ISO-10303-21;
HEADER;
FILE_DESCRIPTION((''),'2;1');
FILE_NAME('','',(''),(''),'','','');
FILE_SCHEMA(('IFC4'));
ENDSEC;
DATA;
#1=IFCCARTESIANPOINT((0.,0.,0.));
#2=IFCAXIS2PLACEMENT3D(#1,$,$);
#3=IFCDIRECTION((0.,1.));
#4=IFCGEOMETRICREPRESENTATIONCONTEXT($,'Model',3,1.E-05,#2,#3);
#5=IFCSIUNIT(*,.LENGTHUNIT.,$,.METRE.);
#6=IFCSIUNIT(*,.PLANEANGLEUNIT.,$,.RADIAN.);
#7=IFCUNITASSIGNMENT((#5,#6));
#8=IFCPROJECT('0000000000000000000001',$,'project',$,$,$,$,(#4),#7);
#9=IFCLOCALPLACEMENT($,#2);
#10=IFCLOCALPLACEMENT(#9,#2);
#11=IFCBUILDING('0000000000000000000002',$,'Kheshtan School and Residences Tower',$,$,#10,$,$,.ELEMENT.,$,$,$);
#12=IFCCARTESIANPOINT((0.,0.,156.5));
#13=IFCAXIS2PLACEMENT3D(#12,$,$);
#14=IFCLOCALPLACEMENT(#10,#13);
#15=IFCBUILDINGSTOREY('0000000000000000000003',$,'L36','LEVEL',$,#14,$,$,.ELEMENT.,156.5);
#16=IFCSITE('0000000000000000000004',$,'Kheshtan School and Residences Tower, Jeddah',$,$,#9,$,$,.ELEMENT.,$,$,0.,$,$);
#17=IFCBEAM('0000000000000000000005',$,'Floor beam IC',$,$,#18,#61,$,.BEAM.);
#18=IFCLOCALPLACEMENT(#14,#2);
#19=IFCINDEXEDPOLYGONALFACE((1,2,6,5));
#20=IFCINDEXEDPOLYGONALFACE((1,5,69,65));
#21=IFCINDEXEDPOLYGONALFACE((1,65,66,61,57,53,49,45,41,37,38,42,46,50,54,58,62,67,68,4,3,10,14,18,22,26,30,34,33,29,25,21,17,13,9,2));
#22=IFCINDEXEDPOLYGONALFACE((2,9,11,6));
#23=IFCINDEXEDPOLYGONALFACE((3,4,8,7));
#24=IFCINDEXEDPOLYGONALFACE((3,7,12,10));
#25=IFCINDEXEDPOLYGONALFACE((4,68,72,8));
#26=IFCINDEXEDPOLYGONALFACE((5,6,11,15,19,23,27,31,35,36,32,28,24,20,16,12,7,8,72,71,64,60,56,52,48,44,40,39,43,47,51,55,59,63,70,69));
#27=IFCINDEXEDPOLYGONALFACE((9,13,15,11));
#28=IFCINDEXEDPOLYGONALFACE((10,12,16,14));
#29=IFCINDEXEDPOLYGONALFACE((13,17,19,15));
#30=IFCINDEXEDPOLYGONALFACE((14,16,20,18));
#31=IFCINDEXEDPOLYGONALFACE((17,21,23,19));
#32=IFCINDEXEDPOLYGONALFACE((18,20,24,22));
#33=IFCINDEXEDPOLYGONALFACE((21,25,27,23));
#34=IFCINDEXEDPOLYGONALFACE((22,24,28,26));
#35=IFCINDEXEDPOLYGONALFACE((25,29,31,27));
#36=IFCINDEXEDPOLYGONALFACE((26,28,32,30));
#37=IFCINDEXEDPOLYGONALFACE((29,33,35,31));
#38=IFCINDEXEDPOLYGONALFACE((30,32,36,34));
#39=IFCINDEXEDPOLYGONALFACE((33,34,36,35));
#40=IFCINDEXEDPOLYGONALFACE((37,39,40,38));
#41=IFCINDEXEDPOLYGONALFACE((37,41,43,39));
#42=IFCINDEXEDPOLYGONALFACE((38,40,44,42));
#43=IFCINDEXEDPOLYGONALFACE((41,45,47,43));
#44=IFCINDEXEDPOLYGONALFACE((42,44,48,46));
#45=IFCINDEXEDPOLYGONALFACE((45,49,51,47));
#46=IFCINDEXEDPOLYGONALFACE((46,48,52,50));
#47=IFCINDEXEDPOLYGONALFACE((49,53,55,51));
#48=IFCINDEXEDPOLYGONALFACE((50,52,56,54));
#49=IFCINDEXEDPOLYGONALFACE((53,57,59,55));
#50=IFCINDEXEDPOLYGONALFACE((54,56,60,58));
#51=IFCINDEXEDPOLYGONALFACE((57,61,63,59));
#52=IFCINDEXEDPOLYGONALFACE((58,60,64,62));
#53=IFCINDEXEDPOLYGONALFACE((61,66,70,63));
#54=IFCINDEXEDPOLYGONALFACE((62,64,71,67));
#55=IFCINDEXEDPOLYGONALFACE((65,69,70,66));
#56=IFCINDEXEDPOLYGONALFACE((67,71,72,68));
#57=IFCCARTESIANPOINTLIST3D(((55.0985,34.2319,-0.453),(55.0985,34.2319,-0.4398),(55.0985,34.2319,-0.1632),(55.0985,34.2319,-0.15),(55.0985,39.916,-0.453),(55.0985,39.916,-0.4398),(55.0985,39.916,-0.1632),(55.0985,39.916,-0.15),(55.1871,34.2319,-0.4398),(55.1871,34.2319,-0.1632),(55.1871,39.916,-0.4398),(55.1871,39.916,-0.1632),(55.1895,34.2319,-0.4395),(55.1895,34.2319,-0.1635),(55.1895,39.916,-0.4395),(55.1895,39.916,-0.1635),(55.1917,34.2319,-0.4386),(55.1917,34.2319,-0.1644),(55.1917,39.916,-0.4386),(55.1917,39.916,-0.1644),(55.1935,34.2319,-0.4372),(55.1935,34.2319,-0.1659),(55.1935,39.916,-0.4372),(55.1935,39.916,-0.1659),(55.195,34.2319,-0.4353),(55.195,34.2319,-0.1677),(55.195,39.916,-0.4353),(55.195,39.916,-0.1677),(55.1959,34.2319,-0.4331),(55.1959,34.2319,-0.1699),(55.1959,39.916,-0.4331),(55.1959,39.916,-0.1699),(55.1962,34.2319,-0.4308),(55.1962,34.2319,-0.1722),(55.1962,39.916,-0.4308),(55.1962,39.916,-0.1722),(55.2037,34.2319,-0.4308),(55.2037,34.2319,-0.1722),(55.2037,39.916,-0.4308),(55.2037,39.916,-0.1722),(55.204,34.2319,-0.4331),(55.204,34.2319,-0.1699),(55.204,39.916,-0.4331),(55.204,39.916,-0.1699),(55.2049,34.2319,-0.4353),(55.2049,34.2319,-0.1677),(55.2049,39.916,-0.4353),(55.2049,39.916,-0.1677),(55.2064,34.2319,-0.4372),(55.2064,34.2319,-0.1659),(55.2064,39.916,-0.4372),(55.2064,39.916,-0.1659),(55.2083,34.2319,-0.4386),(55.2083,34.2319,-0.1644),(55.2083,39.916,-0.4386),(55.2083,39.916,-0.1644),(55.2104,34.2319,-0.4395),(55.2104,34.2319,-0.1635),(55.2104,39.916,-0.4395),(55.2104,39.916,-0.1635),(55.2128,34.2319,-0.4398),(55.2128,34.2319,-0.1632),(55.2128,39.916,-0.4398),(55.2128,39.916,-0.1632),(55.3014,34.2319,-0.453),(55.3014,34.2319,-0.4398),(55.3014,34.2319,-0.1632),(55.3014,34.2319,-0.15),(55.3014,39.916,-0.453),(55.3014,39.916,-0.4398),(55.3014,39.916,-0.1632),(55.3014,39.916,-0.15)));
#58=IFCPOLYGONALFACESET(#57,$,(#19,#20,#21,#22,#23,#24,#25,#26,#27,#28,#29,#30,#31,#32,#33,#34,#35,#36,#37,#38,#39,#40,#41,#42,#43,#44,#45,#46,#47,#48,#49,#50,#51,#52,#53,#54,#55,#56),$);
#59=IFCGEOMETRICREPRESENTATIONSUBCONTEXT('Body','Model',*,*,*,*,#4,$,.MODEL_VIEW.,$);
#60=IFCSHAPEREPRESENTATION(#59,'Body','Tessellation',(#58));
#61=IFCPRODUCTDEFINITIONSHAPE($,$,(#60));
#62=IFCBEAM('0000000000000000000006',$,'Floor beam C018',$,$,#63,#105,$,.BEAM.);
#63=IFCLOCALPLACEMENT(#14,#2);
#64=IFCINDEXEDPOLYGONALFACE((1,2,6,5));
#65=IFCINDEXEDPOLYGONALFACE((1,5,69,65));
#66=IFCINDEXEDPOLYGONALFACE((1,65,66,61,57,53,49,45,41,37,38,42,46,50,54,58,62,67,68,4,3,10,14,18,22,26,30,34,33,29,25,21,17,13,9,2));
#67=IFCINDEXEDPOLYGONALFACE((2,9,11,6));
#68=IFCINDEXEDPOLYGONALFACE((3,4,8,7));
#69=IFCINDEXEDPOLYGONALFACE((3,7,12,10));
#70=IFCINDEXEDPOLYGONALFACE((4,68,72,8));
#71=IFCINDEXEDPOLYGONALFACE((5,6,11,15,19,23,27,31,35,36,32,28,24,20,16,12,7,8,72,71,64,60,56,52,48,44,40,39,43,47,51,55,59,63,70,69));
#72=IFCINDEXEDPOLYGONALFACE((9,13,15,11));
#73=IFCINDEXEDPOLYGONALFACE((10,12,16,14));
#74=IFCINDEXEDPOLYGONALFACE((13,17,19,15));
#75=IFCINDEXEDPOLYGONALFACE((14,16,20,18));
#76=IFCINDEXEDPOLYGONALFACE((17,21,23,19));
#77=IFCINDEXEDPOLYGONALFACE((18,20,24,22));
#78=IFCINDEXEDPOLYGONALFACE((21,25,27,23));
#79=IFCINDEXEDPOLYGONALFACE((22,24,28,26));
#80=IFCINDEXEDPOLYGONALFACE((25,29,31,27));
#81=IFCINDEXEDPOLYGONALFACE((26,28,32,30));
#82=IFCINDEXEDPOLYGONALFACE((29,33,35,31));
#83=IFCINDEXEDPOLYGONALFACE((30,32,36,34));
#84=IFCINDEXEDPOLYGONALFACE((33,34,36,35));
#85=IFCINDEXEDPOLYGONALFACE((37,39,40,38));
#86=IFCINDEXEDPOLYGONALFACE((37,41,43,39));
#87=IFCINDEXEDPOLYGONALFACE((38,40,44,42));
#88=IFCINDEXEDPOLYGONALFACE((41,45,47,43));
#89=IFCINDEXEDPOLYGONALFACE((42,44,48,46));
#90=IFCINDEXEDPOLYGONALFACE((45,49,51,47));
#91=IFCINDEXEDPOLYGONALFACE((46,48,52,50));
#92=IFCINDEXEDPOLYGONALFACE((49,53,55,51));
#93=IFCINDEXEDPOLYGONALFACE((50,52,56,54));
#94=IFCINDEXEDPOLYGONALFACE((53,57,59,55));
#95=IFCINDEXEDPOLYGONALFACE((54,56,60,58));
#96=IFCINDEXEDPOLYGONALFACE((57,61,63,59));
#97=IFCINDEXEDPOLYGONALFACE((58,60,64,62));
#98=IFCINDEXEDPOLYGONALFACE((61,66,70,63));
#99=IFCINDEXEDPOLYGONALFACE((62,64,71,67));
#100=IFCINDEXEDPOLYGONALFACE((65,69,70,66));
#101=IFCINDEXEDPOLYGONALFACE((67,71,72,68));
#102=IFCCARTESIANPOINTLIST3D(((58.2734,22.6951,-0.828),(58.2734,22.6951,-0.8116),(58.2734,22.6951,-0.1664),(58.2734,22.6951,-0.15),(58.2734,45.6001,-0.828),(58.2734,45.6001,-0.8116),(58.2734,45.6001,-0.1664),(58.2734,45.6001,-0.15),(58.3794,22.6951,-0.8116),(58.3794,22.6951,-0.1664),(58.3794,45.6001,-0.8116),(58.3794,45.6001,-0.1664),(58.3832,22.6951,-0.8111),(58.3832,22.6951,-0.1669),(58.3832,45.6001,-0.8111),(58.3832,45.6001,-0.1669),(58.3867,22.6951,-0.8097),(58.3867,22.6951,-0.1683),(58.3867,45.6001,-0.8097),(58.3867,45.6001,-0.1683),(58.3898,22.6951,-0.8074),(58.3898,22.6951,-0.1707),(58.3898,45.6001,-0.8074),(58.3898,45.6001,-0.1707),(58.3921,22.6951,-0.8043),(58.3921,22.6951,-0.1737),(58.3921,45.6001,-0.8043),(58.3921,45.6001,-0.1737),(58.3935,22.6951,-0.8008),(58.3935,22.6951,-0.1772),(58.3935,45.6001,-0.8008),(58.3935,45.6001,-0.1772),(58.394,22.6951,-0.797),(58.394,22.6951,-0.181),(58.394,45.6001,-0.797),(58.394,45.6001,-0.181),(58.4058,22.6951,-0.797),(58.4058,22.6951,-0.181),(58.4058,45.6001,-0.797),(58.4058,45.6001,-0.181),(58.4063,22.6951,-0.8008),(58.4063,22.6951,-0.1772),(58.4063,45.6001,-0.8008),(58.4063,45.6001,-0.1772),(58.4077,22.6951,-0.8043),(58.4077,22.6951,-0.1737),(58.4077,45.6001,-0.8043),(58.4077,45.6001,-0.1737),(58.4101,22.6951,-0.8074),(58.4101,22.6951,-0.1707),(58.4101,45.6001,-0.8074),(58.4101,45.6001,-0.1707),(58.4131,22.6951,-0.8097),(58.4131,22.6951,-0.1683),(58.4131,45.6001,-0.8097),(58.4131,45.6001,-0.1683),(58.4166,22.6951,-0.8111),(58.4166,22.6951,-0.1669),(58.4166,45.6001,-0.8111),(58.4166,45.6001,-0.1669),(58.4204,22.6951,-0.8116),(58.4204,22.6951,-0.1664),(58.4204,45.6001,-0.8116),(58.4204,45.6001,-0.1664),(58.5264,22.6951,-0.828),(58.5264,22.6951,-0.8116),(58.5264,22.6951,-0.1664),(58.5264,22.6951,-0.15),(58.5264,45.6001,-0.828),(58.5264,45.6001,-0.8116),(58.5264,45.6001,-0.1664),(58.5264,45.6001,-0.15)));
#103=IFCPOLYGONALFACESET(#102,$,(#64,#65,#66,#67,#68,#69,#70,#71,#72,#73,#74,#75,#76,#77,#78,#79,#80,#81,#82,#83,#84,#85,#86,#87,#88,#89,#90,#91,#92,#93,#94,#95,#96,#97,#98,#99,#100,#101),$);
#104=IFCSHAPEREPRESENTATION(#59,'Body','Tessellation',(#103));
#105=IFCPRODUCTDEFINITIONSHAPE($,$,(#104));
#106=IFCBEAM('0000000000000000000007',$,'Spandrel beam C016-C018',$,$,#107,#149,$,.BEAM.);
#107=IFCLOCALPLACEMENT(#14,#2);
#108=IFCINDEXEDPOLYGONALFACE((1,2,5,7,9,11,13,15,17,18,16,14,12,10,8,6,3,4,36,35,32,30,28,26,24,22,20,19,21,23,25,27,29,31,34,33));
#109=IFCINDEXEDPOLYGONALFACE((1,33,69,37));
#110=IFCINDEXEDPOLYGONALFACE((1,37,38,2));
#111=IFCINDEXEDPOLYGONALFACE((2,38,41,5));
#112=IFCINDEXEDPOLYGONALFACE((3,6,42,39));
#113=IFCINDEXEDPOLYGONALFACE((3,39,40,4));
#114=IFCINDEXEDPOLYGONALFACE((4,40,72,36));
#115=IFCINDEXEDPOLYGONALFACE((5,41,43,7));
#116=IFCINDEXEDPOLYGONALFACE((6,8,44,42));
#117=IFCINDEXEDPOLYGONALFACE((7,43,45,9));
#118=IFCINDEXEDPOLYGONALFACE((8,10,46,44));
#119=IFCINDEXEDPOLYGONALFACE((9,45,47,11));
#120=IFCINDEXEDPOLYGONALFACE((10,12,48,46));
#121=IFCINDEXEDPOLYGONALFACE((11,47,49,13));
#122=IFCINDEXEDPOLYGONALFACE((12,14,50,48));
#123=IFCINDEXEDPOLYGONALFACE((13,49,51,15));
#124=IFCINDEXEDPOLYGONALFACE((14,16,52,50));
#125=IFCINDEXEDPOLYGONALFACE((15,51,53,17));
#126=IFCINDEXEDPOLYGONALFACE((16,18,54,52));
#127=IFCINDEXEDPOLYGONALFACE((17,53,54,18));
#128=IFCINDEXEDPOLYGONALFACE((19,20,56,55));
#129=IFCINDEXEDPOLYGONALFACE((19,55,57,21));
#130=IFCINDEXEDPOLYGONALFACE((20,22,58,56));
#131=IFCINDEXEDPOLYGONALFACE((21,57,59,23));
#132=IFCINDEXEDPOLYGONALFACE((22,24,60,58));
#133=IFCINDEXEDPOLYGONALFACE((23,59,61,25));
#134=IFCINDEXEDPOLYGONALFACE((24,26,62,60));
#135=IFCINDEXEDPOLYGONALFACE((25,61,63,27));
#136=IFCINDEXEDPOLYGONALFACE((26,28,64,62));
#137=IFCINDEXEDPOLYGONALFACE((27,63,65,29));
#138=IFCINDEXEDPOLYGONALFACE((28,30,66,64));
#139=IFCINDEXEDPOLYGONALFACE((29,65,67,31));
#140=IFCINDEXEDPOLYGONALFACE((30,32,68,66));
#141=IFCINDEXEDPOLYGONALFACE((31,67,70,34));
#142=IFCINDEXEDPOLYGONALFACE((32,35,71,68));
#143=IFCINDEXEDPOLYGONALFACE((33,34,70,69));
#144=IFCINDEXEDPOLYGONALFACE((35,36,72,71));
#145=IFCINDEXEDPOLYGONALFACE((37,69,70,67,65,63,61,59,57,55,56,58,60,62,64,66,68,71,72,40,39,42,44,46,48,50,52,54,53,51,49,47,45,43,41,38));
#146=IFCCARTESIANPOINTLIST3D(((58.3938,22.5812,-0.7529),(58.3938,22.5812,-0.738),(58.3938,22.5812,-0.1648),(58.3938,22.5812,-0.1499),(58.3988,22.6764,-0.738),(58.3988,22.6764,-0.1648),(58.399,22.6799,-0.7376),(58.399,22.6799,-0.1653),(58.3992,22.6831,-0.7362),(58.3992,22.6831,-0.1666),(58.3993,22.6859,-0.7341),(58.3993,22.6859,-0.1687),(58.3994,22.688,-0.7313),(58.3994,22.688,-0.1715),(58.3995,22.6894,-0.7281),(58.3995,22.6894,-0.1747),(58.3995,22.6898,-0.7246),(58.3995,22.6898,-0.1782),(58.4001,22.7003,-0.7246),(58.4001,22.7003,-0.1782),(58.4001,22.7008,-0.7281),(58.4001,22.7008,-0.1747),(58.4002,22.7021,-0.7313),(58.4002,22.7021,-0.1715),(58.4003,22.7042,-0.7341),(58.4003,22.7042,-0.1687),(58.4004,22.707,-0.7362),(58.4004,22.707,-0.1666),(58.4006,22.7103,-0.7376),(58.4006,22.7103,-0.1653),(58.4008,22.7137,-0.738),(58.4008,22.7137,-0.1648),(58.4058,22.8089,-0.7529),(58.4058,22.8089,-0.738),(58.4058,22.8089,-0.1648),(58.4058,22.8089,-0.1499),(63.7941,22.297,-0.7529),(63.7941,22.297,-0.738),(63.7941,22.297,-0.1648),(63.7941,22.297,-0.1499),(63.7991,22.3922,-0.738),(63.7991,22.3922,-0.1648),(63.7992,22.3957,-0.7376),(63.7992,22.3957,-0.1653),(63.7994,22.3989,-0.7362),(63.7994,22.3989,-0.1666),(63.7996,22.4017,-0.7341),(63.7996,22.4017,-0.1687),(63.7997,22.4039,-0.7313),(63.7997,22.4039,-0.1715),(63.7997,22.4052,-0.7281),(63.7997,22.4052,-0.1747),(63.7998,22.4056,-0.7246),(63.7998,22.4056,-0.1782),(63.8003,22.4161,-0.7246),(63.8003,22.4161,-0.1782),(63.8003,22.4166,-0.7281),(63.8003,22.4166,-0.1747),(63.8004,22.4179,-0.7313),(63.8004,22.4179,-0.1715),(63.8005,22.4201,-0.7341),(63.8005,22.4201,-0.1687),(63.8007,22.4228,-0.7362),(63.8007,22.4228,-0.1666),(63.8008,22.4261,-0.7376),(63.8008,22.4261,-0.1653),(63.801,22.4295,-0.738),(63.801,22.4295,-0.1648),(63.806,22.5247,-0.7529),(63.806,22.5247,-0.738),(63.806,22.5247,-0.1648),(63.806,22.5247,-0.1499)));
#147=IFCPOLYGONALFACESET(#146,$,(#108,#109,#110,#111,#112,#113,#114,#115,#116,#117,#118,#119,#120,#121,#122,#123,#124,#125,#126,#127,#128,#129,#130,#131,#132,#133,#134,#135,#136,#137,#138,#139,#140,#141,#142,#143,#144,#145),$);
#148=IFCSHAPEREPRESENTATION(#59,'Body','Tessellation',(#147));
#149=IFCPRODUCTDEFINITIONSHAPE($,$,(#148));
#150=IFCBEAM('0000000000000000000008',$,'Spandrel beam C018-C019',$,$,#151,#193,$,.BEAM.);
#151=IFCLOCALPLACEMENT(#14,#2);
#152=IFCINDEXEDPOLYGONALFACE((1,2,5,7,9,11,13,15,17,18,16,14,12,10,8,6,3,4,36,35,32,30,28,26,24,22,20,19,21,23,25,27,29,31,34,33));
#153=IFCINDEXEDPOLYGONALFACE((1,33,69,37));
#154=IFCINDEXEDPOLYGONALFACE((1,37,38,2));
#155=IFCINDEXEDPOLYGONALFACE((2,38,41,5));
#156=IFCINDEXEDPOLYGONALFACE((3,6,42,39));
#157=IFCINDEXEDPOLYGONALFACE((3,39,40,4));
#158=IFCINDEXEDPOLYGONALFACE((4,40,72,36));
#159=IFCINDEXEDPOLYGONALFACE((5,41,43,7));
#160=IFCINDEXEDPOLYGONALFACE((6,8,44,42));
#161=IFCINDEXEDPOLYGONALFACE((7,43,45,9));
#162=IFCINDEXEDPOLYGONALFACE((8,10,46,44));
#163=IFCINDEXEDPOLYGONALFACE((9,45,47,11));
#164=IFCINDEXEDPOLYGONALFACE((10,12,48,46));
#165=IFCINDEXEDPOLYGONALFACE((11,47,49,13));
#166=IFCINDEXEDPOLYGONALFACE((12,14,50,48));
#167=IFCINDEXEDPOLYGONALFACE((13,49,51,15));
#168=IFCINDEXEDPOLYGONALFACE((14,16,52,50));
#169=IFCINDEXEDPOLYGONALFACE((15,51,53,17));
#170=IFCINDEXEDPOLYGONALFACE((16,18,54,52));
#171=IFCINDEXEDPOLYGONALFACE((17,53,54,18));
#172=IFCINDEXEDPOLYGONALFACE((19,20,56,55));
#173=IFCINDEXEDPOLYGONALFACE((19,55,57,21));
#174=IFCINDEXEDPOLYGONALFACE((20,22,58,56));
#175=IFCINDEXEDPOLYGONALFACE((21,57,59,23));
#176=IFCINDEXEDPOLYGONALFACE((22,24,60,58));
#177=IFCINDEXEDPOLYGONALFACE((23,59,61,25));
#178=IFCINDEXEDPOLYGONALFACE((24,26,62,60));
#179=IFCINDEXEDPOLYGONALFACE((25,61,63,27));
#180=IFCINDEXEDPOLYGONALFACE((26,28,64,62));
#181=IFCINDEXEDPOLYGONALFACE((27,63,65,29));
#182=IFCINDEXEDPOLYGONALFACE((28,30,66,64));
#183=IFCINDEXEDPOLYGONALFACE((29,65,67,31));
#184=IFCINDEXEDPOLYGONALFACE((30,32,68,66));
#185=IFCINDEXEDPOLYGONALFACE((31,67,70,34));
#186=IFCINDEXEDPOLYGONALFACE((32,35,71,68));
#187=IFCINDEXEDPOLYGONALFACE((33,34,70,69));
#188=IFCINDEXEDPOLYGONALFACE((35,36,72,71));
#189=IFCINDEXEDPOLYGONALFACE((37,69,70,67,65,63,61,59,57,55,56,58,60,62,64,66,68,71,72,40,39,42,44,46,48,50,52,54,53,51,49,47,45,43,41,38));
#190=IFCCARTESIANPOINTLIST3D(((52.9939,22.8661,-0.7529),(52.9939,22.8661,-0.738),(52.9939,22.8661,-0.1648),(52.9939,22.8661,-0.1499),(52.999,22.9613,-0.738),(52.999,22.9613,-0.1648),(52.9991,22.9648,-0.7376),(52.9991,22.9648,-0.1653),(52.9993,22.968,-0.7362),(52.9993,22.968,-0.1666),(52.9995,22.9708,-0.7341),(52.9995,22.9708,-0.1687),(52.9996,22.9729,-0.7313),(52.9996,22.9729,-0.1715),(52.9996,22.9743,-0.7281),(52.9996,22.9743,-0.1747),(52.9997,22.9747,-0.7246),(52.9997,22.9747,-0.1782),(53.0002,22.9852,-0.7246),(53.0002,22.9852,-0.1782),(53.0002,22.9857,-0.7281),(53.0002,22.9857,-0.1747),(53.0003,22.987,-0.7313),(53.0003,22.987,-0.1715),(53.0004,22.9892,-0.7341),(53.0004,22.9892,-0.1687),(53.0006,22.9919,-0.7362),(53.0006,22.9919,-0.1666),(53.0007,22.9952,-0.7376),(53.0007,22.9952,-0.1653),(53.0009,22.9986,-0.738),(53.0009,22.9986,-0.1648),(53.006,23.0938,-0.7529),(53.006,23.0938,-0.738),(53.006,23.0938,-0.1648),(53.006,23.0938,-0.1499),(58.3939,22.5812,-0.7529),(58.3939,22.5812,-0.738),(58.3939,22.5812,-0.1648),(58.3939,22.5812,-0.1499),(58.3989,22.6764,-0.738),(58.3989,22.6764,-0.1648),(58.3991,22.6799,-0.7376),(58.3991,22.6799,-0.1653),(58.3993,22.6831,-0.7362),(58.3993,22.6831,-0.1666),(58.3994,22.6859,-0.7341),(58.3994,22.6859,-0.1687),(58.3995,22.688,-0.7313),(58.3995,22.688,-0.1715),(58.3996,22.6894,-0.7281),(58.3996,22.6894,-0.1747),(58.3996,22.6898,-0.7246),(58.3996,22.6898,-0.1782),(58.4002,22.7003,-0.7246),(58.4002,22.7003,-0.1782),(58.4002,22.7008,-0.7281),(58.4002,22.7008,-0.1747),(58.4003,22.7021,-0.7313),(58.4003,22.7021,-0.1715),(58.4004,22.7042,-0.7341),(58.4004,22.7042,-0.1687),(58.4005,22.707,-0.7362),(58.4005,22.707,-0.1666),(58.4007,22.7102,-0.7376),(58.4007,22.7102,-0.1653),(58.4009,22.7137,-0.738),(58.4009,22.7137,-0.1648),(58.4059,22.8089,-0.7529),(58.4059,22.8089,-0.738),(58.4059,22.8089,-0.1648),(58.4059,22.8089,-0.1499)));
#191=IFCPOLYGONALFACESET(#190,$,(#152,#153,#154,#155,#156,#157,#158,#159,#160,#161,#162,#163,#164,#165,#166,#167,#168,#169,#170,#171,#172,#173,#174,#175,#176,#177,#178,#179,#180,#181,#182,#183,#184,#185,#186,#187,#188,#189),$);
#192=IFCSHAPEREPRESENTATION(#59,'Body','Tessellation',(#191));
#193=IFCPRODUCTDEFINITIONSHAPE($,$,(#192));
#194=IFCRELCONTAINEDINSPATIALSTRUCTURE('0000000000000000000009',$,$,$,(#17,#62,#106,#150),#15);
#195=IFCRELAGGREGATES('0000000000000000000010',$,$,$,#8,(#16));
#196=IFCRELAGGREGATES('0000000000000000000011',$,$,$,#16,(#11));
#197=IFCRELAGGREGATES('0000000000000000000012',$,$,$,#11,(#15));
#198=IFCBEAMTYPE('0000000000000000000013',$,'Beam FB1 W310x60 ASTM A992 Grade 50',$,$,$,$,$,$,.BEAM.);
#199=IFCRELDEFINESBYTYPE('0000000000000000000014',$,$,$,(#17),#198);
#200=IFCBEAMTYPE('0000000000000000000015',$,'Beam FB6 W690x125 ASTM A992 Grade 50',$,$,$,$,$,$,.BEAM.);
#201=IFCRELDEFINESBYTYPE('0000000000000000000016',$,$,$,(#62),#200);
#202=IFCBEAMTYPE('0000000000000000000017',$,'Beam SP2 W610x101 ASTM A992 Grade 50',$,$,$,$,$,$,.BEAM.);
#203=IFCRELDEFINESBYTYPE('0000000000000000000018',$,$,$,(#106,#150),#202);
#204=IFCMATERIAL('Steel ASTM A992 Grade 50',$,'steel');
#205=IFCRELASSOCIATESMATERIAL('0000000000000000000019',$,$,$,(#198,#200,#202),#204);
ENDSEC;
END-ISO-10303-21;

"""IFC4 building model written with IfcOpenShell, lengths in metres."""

from ifc_helpers import new_model, si_unit, direction, frame, origin, origin_2d, place, context, subcontext, project, spatial, i_section, extrude, material, material_profile, profile_set, type_object, element, save


model = new_model("IFC4")

# Units and contexts
model_context = context("Model", 3, precision=1e-05, world=origin(), true_north=direction((0.0, 1.0)))
body_context = subcontext(model_context, "Body", "Model", "MODEL_VIEW")
ifc_project = project(units=[si_unit("LENGTHUNIT", "METRE"), si_unit("PLANEANGLEUNIT", "RADIAN")], contexts=[model_context])

# Site, building, storey
site_placement = place(None, origin())
site = spatial("IfcSite", under=ifc_project, at=site_placement, Name="Kheshtan School and Residences Tower, Jeddah", CompositionType="ELEMENT", RefElevation=0.0)
building_placement = place(site_placement, origin())
building = spatial("IfcBuilding", under=site, at=building_placement, Name="Kheshtan School and Residences Tower", CompositionType="ELEMENT")
storey_placement = place(building_placement, frame((0.0, 0.0, 156.5)))
storey = spatial("IfcBuildingStorey", under=building, at=storey_placement, Name="L36", Description="LEVEL", CompositionType="ELEMENT", Elevation=156.5)

# Shared definitions
ifc_material_1 = material(Name="Steel ASTM A992 Grade 50", Category="steel")

# Beams
ifc_material_profile_1 = material_profile(ifc_material_1, i_section(OverallWidth=0.2029, OverallDepth=0.303, WebThickness=0.0076, FlangeThickness=0.0132, FilletRadius=0.009, at=origin_2d()), Name="W310x60")
ifc_profile_set_1 = profile_set([ifc_material_profile_1], Name="Steel ASTM A992 Grade 50")
beam_type_1 = type_object("IfcBeamType", Name="Beam FB1 W310x60 ASTM A992 Grade 50", PredefinedType="BEAM", material=ifc_profile_set_1)
beam_1_placement = place(storey_placement, frame((55.2, 34.2319, -0.3015), z_axis=(0.0, 1.0, 0.0), x_axis=(-1.0, 0.0, 0.0)))
element("IfcBeam", 1, at=beam_1_placement, inside=storey, type_object=beam_type_1, Name="Floor beam IC", PredefinedType="BEAM", context=body_context, shape_type="SweptSolid", body=[
    extrude(i_section(OverallWidth=0.2029, OverallDepth=0.303, WebThickness=0.0076, FlangeThickness=0.0132, FilletRadius=0.009, at=origin_2d()), origin(), (0.0, 0.0, 1.0), 5.6841),
])
ifc_material_profile_2 = material_profile(ifc_material_1, i_section(OverallWidth=0.2529, OverallDepth=0.678, WebThickness=0.0117, FlangeThickness=0.0164, FilletRadius=0.0146, at=origin_2d()), Name="W690x125")
ifc_profile_set_2 = profile_set([ifc_material_profile_2], Name="Steel ASTM A992 Grade 50")
beam_type_2 = type_object("IfcBeamType", Name="Beam FB6 W690x125 ASTM A992 Grade 50", PredefinedType="BEAM", material=ifc_profile_set_2)
beam_2_placement = place(storey_placement, frame((58.3999, 22.6951, -0.489), z_axis=(0.0, 1.0, 0.0), x_axis=(-1.0, 0.0, 0.0)))
element("IfcBeam", 2, at=beam_2_placement, inside=storey, type_object=beam_type_2, Name="Floor beam C018", PredefinedType="BEAM", context=body_context, shape_type="SweptSolid", body=[
    extrude(i_section(OverallWidth=0.2529, OverallDepth=0.678, WebThickness=0.0117, FlangeThickness=0.0164, FilletRadius=0.0146, at=origin_2d()), origin(), (0.0, 0.0, 1.0), 22.905),
])
ifc_material_profile_3 = material_profile(ifc_material_1, i_section(OverallWidth=0.228, OverallDepth=0.603, WebThickness=0.0105, FlangeThickness=0.0149, FilletRadius=0.0134, at=origin_2d()), Name="W610x101")
ifc_profile_set_3 = profile_set([ifc_material_profile_3], Name="Steel ASTM A992 Grade 50")
beam_type_3 = type_object("IfcBeamType", Name="Beam SP2 W610x101 ASTM A992 Grade 50", PredefinedType="BEAM", material=ifc_profile_set_3)
beam_3_placement = place(storey_placement, frame((63.8, 22.4109, -0.4514), z_axis=(-0.998618, 0.052552, 0.0), x_axis=(-0.052552, -0.998618, 0.0)))
element("IfcBeam", 3, at=beam_3_placement, inside=storey, type_object=beam_type_3, Name="Spandrel beam C016-C018", PredefinedType="BEAM", context=body_context, shape_type="SweptSolid", body=[
    extrude(i_section(OverallWidth=0.228, OverallDepth=0.603, WebThickness=0.0105, FlangeThickness=0.0149, FilletRadius=0.0134, at=origin_2d()), origin(), (0.0, 0.0, 1.0), 5.4077),
])
beam_4_placement = place(storey_placement, frame((58.3999, 22.6951, -0.4514), z_axis=(-0.998611, 0.052689, 0.0), x_axis=(-0.052689, -0.998611, 0.0)))
element("IfcBeam", 4, at=beam_4_placement, inside=storey, type_object=beam_type_3, Name="Spandrel beam C018-C019", PredefinedType="BEAM", context=body_context, shape_type="SweptSolid", body=[
    extrude(i_section(OverallWidth=0.228, OverallDepth=0.603, WebThickness=0.0105, FlangeThickness=0.0149, FilletRadius=0.0134, at=origin_2d()), origin(), (0.0, 0.0, 1.0), 5.4075),
])

save(model, "model.ifc")
